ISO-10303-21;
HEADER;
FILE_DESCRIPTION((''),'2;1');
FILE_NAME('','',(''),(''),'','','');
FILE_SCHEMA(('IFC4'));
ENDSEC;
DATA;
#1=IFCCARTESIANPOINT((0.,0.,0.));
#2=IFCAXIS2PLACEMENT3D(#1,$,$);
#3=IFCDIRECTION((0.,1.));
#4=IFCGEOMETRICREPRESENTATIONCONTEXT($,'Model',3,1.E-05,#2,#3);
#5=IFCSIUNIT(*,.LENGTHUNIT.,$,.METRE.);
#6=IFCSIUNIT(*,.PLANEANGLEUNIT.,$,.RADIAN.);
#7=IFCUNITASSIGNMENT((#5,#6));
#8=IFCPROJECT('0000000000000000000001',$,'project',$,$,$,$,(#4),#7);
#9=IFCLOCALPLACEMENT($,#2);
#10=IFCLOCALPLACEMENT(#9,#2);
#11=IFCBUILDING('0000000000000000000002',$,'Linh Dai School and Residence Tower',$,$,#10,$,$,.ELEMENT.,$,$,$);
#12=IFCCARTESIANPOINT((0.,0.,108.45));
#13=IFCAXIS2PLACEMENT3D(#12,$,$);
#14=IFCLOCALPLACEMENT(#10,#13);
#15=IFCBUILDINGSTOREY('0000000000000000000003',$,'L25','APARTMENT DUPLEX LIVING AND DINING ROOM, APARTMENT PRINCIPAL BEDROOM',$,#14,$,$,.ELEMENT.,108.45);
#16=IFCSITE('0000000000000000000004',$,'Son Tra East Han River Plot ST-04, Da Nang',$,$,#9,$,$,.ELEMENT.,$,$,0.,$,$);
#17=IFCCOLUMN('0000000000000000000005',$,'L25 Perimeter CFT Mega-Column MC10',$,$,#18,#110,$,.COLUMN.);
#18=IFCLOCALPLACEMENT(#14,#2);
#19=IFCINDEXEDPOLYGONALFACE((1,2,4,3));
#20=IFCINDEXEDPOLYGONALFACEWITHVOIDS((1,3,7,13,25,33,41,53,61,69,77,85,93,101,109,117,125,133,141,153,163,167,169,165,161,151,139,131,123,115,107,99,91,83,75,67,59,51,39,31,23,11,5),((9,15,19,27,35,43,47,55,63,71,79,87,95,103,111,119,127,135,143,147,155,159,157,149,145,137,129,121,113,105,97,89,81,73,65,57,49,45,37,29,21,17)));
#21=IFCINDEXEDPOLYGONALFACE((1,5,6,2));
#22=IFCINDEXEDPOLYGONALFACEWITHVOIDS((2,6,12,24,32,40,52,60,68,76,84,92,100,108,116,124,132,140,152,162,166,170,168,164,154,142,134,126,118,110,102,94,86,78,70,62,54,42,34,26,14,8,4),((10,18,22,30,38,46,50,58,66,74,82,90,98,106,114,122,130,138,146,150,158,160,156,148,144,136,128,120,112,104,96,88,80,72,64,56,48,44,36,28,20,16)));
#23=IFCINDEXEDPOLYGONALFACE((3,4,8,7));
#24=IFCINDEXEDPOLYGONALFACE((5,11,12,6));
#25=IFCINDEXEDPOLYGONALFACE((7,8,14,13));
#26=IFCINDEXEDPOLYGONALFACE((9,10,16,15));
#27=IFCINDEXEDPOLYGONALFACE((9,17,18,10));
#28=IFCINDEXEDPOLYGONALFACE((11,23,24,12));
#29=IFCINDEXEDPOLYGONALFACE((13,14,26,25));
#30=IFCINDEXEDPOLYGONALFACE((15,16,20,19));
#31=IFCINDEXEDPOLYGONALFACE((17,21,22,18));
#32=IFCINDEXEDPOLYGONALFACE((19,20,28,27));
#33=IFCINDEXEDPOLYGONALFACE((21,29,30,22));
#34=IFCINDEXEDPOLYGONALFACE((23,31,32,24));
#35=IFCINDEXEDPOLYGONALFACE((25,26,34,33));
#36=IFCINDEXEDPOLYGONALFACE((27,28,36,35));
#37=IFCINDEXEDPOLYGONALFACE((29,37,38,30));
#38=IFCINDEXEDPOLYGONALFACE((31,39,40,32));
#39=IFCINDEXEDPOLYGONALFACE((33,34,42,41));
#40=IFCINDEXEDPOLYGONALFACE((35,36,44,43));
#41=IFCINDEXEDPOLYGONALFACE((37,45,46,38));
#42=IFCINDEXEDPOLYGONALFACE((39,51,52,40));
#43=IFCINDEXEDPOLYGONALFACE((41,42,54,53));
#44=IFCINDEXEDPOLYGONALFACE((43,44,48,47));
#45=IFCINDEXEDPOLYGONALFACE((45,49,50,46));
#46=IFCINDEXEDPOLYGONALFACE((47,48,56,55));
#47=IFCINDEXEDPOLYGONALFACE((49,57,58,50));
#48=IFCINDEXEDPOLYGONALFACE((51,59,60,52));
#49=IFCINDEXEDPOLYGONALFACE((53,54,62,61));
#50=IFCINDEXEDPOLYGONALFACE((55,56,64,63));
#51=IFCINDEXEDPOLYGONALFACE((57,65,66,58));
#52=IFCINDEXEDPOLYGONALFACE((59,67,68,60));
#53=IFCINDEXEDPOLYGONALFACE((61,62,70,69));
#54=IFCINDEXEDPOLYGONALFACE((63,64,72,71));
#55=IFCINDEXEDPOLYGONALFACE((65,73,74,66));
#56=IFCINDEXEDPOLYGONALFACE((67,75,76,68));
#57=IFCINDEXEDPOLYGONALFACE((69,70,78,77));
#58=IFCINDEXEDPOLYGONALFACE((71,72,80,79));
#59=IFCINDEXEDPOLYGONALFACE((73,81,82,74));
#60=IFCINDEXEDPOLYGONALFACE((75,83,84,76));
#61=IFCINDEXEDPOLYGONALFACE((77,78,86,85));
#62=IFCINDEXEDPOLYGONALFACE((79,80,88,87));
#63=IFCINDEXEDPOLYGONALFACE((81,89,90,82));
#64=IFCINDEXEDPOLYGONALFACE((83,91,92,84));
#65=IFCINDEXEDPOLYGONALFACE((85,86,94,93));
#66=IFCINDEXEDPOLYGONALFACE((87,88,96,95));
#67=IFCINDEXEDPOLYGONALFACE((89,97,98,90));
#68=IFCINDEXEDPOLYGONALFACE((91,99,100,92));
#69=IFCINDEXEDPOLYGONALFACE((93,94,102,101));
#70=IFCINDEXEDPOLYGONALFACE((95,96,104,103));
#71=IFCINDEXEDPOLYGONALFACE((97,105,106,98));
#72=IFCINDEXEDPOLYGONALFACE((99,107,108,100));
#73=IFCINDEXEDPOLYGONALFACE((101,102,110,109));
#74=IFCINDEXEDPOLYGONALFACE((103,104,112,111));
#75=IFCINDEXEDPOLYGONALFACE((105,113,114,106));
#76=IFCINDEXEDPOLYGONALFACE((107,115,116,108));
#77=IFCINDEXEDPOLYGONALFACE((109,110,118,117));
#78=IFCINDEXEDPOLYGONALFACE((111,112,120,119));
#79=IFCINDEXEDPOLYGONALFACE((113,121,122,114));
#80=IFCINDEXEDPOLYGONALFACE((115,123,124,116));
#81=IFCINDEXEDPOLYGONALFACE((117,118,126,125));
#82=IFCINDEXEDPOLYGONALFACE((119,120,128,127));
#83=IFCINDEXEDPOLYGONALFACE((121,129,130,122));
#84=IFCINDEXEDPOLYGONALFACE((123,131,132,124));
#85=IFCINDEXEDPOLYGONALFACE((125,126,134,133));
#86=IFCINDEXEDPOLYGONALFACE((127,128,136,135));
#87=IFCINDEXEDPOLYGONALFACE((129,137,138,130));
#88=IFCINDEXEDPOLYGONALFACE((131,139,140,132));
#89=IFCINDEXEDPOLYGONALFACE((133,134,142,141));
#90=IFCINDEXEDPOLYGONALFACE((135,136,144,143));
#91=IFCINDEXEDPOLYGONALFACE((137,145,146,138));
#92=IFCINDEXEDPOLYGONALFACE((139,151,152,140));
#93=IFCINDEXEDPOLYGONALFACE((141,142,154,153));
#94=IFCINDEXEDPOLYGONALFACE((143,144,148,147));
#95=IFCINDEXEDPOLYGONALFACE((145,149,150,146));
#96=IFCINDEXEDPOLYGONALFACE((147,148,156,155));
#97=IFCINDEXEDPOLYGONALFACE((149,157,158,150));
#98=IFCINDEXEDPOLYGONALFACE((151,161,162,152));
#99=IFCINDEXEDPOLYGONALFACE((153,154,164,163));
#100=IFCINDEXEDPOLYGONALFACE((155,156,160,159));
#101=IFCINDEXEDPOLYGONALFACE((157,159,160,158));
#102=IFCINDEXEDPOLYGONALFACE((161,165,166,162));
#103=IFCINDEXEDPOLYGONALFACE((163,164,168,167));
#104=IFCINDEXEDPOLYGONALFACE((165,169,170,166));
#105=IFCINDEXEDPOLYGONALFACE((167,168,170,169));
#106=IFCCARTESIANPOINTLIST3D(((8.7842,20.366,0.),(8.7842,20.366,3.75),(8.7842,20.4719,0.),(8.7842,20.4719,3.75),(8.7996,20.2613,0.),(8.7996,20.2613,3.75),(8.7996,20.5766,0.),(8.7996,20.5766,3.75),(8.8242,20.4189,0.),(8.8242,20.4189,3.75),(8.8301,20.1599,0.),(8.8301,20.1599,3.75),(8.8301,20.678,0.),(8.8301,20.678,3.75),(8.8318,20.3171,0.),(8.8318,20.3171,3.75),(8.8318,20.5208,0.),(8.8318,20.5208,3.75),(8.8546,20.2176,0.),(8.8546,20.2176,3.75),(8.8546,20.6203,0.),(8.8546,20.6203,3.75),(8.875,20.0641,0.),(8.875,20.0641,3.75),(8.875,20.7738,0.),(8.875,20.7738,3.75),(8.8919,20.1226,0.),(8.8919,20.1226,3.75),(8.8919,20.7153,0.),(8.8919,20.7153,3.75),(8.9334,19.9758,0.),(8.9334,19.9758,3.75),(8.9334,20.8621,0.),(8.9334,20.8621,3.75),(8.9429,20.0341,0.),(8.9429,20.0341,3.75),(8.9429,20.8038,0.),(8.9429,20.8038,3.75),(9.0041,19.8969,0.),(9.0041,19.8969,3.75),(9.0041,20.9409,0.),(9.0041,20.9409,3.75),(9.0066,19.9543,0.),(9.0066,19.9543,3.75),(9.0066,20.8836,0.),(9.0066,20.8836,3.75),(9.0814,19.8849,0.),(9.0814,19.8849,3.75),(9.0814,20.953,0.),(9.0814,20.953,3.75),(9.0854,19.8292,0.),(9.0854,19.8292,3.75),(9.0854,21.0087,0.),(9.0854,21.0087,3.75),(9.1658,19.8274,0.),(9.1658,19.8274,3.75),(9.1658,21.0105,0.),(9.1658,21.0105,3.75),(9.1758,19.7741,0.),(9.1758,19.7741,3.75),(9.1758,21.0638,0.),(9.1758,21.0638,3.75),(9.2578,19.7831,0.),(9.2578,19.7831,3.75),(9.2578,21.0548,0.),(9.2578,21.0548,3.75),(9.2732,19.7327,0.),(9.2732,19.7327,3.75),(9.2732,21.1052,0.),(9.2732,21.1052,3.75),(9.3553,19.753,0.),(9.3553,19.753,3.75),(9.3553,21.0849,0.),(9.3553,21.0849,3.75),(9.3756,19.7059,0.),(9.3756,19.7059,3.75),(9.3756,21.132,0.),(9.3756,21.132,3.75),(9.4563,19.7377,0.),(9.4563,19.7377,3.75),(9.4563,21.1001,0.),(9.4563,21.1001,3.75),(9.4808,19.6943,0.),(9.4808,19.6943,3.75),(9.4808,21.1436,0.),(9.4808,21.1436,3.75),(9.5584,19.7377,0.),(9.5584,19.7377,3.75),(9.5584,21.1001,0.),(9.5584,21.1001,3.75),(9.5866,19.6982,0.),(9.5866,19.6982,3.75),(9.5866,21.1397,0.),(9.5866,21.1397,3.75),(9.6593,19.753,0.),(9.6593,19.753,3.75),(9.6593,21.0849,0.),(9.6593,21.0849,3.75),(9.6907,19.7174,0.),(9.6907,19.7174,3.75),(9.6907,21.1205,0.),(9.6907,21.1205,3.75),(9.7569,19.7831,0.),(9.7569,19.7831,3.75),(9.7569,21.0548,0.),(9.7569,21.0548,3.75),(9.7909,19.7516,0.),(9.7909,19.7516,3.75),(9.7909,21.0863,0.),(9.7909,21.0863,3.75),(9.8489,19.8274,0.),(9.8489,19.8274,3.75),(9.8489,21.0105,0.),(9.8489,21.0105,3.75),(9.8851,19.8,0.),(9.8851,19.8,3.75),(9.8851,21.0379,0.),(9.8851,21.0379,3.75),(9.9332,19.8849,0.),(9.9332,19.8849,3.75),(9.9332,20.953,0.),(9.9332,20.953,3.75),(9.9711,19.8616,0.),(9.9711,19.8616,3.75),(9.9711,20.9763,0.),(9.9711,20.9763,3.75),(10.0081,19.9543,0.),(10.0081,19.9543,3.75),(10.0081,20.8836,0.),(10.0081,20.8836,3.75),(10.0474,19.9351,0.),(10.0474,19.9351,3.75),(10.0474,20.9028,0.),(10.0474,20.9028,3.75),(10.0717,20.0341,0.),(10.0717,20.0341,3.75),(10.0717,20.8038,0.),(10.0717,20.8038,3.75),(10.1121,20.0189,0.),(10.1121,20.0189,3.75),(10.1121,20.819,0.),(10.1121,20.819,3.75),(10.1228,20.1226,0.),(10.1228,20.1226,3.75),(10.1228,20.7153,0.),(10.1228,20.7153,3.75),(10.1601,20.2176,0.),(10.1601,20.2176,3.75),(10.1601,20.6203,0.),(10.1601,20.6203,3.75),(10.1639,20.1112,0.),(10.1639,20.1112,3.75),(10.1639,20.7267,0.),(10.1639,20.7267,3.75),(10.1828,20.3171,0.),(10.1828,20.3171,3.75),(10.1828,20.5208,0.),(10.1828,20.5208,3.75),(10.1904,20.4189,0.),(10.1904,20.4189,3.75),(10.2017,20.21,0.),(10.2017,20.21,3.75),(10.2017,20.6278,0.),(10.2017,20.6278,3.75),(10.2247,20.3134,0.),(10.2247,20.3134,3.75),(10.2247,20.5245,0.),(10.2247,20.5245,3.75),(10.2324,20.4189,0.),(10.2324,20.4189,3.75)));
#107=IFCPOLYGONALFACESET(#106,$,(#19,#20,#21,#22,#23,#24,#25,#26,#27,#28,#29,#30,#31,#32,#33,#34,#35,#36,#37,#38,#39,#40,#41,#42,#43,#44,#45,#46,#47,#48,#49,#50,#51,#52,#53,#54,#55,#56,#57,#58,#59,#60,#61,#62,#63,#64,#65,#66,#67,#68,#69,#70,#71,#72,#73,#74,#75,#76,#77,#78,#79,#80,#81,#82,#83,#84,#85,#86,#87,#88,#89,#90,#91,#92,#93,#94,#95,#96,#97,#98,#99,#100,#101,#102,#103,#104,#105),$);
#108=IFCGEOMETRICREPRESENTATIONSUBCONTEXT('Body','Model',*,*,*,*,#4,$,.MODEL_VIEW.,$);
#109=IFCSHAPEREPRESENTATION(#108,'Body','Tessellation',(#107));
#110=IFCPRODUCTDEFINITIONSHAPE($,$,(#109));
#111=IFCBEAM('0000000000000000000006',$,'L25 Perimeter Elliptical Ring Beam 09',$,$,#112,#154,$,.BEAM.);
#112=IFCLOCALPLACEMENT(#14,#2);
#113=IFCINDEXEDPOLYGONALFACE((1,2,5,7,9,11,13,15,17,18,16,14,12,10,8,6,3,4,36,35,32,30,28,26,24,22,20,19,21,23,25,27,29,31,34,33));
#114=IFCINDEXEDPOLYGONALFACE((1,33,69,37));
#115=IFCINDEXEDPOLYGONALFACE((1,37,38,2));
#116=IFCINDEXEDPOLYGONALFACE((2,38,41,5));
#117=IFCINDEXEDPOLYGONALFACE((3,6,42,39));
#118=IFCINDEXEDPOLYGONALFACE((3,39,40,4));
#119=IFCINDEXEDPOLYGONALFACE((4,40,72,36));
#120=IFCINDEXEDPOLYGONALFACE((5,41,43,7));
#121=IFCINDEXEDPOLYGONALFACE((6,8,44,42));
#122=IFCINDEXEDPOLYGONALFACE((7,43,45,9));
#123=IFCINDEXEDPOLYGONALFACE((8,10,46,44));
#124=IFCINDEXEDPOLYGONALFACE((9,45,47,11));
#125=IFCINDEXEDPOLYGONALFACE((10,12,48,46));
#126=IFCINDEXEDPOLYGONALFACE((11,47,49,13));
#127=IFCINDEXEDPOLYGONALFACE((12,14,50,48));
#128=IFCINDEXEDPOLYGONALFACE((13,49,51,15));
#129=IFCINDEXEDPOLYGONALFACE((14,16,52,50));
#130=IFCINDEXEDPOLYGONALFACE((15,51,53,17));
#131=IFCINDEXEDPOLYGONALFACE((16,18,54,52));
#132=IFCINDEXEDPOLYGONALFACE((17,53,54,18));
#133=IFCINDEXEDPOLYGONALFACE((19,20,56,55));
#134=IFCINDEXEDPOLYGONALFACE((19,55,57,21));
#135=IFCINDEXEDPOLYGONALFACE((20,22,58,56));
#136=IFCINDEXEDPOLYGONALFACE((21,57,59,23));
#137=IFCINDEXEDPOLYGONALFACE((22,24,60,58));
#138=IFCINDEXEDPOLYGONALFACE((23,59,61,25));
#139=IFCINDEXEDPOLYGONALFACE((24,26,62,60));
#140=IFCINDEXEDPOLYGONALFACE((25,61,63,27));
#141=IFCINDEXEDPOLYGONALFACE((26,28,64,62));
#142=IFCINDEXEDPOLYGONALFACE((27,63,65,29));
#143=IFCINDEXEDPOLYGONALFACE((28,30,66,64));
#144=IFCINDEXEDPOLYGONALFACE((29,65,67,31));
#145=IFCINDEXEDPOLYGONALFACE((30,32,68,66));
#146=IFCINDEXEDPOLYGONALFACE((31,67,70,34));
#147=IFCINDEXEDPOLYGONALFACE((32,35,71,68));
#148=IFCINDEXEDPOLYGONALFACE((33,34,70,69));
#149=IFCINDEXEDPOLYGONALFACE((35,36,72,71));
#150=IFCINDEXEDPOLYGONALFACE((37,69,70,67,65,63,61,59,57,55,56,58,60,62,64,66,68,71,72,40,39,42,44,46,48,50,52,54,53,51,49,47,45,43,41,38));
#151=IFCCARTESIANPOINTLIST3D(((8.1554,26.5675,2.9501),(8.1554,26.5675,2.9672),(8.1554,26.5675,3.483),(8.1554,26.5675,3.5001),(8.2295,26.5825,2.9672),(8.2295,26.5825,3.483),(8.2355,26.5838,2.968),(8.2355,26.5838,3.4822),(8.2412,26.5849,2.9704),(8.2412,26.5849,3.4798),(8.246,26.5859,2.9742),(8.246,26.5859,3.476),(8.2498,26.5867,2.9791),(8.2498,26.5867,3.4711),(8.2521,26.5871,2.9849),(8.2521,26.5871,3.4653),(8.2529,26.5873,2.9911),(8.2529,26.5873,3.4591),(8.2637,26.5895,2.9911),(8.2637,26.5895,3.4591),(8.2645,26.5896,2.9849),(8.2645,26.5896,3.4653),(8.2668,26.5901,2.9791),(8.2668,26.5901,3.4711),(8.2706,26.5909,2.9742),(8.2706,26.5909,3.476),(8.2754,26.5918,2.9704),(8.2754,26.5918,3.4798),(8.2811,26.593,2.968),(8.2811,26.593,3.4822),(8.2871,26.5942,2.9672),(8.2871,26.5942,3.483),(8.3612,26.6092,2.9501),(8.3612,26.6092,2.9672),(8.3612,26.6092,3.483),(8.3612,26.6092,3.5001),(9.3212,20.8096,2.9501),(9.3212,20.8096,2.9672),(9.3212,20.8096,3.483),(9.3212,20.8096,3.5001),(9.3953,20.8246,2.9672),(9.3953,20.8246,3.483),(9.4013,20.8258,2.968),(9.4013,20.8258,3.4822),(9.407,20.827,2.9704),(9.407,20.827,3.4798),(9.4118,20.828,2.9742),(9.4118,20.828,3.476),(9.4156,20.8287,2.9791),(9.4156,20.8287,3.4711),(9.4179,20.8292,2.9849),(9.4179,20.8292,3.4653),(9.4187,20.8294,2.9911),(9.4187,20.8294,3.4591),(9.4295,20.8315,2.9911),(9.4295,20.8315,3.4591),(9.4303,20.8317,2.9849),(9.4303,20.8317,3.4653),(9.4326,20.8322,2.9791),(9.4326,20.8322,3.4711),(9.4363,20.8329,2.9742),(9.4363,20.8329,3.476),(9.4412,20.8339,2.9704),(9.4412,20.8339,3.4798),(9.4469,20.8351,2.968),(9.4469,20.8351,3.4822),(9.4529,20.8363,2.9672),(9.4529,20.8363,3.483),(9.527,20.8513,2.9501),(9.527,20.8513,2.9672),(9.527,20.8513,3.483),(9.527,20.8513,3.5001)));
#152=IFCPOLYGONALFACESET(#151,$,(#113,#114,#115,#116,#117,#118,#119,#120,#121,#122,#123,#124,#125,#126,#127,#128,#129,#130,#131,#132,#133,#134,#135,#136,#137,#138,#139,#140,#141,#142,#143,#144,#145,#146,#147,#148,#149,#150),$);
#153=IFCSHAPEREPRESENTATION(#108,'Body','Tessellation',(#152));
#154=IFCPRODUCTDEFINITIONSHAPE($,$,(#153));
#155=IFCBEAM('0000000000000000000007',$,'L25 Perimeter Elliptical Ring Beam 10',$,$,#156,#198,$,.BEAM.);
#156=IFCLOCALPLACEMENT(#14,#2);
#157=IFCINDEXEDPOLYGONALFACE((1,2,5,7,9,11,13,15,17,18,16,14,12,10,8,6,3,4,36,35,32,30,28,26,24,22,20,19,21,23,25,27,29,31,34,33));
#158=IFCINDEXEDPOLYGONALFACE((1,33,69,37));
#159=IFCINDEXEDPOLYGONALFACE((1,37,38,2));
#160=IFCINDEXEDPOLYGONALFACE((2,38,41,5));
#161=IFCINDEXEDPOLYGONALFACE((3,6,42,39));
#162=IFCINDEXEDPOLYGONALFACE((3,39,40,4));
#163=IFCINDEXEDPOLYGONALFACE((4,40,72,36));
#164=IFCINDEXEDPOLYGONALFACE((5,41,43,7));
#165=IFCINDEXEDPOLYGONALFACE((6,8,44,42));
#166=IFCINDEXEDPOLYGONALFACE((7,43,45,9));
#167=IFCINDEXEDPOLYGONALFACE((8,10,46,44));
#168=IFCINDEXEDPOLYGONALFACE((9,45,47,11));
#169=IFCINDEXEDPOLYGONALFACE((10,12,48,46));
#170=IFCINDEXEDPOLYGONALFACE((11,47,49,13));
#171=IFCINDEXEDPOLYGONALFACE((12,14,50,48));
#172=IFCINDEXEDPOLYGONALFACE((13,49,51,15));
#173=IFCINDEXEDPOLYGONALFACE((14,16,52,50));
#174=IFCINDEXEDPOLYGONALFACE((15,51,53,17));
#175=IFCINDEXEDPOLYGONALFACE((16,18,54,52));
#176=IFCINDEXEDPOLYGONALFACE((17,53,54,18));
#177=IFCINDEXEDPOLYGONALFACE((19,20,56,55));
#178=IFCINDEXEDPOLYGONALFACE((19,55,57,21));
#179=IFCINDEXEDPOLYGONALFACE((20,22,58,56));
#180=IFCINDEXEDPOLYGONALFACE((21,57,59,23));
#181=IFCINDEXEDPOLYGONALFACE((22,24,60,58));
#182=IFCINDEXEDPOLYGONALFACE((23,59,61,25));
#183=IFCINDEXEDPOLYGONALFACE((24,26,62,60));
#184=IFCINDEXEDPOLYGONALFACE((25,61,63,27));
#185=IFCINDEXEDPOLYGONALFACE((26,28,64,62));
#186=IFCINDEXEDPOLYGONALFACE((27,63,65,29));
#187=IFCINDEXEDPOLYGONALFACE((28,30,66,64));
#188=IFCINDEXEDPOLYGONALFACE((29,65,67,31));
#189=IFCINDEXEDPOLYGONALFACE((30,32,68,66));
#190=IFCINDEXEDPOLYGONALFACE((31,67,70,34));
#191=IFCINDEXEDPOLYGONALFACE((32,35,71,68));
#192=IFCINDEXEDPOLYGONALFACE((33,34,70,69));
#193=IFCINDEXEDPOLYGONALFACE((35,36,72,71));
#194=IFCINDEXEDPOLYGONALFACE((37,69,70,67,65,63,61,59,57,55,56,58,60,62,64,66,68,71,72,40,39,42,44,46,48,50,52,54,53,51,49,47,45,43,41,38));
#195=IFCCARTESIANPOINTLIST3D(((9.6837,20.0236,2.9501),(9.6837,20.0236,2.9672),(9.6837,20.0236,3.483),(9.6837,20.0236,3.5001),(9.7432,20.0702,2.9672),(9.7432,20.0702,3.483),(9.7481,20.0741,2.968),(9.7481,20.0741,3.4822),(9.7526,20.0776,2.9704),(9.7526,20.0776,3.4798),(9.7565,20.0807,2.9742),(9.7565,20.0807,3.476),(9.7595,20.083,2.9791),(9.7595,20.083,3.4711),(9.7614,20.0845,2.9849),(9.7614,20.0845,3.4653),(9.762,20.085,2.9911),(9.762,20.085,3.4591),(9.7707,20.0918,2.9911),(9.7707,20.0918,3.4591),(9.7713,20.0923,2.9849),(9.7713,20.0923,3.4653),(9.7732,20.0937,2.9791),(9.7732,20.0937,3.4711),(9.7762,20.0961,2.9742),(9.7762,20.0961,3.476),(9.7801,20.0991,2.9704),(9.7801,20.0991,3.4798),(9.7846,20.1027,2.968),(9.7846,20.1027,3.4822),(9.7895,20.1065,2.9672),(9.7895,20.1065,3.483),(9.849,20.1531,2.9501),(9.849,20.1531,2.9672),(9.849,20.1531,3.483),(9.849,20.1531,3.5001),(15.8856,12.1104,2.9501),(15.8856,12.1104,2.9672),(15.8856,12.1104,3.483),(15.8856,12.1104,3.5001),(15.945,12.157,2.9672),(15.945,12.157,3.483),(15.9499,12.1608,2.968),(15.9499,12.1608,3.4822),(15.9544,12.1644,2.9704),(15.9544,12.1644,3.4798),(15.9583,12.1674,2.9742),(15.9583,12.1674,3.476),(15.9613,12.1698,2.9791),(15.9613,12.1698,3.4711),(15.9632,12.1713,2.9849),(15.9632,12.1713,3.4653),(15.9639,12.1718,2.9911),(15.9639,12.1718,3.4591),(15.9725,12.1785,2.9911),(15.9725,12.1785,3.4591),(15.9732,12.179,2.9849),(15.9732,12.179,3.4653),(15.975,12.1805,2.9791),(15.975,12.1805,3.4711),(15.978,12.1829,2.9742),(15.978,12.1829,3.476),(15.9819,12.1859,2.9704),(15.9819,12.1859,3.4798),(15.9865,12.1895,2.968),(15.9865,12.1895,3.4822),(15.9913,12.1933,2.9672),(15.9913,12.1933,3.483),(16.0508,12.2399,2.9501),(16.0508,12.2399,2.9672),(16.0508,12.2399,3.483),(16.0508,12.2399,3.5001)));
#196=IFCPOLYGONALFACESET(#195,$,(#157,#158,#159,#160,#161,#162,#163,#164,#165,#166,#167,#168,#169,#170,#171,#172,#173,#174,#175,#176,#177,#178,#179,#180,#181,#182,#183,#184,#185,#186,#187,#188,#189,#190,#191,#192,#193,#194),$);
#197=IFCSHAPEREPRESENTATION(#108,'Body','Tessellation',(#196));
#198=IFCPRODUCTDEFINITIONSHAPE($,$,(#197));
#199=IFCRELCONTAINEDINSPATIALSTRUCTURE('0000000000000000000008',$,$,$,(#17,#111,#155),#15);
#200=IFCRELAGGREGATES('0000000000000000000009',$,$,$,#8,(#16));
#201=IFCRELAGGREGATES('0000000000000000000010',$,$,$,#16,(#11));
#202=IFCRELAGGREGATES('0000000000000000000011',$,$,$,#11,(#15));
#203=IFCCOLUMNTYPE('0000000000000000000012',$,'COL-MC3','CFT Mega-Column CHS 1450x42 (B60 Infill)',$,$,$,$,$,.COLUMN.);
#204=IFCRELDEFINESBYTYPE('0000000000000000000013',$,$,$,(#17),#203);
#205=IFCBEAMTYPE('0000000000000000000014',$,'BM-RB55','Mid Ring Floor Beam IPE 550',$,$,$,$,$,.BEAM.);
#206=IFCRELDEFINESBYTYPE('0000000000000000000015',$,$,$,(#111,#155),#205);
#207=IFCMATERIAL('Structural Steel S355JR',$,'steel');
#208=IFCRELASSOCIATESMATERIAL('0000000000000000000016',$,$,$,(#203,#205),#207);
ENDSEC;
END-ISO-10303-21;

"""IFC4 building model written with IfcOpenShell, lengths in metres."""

from ifc_helpers import new_model, si_unit, direction, frame, origin, origin_2d, place, context, subcontext, project, spatial, hollow_circle, i_section, extrude, material, material_profile, profile_set, type_object, element, save


model = new_model("IFC4")

# Units and contexts
model_context = context("Model", 3, precision=1e-05, world=origin(), true_north=direction((0.0, 1.0)))
body_context = subcontext(model_context, "Body", "Model", "MODEL_VIEW")
ifc_project = project(units=[si_unit("LENGTHUNIT", "METRE"), si_unit("PLANEANGLEUNIT", "RADIAN")], contexts=[model_context])

# Site, building, storey
site_placement = place(None, origin())
site = spatial("IfcSite", under=ifc_project, at=site_placement, Name="Son Tra East Han River Plot ST-04, Da Nang", CompositionType="ELEMENT", RefElevation=0.0)
building_placement = place(site_placement, origin())
building = spatial("IfcBuilding", under=site, at=building_placement, Name="Linh Dai School and Residence Tower", CompositionType="ELEMENT")
storey_placement = place(building_placement, frame((0.0, 0.0, 108.45)))
storey = spatial("IfcBuildingStorey", under=building, at=storey_placement, Name="L25", Description="APARTMENT DUPLEX LIVING AND DINING ROOM, APARTMENT PRINCIPAL BEDROOM", CompositionType="ELEMENT", Elevation=108.45)

# Column
ifc_material_1 = material(Name="Structural Steel S355JR", Category="steel")
ifc_material_profile_1 = material_profile(ifc_material_1, hollow_circle(Radius=0.7251, WallThickness=0.042, at=origin_2d()), Name="CHS 1450x42")
ifc_profile_set_1 = profile_set([ifc_material_profile_1], Name="Structural Steel S355JR")
column_type = type_object("IfcColumnType", Name="COL-MC3", Description="CFT Mega-Column CHS 1450x42 (B60 Infill)", PredefinedType="COLUMN", material=ifc_profile_set_1)
column_placement = place(storey_placement, frame((9.5073, 20.4189, 0.0), z_axis=(0.0, 0.0, 1.0), x_axis=(1.0, 0.0, 0.0)))
element("IfcColumn", 1, at=column_placement, inside=storey, type_object=column_type, Name="L25 Perimeter CFT Mega-Column MC10", PredefinedType="COLUMN", context=body_context, shape_type="SweptSolid", body=[
    extrude(hollow_circle(Radius=0.7251, WallThickness=0.042, at=origin_2d()), origin(), (0.0, 0.0, 1.0), 3.75),
])

# Beams
ifc_material_profile_2 = material_profile(ifc_material_1, i_section(OverallWidth=0.21, OverallDepth=0.55, WebThickness=0.011, FlangeThickness=0.0171, FilletRadius=0.0239, at=origin_2d()), Name="IPE 550")
ifc_profile_set_2 = profile_set([ifc_material_profile_2], Name="Structural Steel S355JR")
beam_type_1 = type_object("IfcBeamType", Name="BM-RB55", Description="Mid Ring Floor Beam IPE 550", PredefinedType="BEAM", material=ifc_profile_set_2)
beam_1_placement = place(storey_placement, frame((8.2583, 26.5884, 3.2251), z_axis=(0.198441, -0.980113, 0.0), x_axis=(0.980113, 0.198441, 0.0)))
element("IfcBeam", 2, at=beam_1_placement, inside=storey, type_object=beam_type_1, Name="L25 Perimeter Elliptical Ring Beam 09", PredefinedType="BEAM", context=body_context, shape_type="SweptSolid", body=[
    extrude(i_section(OverallWidth=0.21, OverallDepth=0.55, WebThickness=0.011, FlangeThickness=0.0171, FilletRadius=0.0239, at=origin_2d()), origin(), (0.0, 0.0, 1.0), 5.8748),
])
beam_2_placement = place(storey_placement, frame((9.7664, 20.0884, 3.2251), z_axis=(0.616855, -0.787077, 0.0), x_axis=(0.787077, 0.616855, 0.0)))
element("IfcBeam", 3, at=beam_2_placement, inside=storey, type_object=beam_type_1, Name="L25 Perimeter Elliptical Ring Beam 10", PredefinedType="BEAM", context=body_context, shape_type="SweptSolid", body=[
    extrude(i_section(OverallWidth=0.21, OverallDepth=0.55, WebThickness=0.011, FlangeThickness=0.0171, FilletRadius=0.0239, at=origin_2d()), origin(), (0.0, 0.0, 1.0), 10.054),
])

save(model, "model.ifc")
